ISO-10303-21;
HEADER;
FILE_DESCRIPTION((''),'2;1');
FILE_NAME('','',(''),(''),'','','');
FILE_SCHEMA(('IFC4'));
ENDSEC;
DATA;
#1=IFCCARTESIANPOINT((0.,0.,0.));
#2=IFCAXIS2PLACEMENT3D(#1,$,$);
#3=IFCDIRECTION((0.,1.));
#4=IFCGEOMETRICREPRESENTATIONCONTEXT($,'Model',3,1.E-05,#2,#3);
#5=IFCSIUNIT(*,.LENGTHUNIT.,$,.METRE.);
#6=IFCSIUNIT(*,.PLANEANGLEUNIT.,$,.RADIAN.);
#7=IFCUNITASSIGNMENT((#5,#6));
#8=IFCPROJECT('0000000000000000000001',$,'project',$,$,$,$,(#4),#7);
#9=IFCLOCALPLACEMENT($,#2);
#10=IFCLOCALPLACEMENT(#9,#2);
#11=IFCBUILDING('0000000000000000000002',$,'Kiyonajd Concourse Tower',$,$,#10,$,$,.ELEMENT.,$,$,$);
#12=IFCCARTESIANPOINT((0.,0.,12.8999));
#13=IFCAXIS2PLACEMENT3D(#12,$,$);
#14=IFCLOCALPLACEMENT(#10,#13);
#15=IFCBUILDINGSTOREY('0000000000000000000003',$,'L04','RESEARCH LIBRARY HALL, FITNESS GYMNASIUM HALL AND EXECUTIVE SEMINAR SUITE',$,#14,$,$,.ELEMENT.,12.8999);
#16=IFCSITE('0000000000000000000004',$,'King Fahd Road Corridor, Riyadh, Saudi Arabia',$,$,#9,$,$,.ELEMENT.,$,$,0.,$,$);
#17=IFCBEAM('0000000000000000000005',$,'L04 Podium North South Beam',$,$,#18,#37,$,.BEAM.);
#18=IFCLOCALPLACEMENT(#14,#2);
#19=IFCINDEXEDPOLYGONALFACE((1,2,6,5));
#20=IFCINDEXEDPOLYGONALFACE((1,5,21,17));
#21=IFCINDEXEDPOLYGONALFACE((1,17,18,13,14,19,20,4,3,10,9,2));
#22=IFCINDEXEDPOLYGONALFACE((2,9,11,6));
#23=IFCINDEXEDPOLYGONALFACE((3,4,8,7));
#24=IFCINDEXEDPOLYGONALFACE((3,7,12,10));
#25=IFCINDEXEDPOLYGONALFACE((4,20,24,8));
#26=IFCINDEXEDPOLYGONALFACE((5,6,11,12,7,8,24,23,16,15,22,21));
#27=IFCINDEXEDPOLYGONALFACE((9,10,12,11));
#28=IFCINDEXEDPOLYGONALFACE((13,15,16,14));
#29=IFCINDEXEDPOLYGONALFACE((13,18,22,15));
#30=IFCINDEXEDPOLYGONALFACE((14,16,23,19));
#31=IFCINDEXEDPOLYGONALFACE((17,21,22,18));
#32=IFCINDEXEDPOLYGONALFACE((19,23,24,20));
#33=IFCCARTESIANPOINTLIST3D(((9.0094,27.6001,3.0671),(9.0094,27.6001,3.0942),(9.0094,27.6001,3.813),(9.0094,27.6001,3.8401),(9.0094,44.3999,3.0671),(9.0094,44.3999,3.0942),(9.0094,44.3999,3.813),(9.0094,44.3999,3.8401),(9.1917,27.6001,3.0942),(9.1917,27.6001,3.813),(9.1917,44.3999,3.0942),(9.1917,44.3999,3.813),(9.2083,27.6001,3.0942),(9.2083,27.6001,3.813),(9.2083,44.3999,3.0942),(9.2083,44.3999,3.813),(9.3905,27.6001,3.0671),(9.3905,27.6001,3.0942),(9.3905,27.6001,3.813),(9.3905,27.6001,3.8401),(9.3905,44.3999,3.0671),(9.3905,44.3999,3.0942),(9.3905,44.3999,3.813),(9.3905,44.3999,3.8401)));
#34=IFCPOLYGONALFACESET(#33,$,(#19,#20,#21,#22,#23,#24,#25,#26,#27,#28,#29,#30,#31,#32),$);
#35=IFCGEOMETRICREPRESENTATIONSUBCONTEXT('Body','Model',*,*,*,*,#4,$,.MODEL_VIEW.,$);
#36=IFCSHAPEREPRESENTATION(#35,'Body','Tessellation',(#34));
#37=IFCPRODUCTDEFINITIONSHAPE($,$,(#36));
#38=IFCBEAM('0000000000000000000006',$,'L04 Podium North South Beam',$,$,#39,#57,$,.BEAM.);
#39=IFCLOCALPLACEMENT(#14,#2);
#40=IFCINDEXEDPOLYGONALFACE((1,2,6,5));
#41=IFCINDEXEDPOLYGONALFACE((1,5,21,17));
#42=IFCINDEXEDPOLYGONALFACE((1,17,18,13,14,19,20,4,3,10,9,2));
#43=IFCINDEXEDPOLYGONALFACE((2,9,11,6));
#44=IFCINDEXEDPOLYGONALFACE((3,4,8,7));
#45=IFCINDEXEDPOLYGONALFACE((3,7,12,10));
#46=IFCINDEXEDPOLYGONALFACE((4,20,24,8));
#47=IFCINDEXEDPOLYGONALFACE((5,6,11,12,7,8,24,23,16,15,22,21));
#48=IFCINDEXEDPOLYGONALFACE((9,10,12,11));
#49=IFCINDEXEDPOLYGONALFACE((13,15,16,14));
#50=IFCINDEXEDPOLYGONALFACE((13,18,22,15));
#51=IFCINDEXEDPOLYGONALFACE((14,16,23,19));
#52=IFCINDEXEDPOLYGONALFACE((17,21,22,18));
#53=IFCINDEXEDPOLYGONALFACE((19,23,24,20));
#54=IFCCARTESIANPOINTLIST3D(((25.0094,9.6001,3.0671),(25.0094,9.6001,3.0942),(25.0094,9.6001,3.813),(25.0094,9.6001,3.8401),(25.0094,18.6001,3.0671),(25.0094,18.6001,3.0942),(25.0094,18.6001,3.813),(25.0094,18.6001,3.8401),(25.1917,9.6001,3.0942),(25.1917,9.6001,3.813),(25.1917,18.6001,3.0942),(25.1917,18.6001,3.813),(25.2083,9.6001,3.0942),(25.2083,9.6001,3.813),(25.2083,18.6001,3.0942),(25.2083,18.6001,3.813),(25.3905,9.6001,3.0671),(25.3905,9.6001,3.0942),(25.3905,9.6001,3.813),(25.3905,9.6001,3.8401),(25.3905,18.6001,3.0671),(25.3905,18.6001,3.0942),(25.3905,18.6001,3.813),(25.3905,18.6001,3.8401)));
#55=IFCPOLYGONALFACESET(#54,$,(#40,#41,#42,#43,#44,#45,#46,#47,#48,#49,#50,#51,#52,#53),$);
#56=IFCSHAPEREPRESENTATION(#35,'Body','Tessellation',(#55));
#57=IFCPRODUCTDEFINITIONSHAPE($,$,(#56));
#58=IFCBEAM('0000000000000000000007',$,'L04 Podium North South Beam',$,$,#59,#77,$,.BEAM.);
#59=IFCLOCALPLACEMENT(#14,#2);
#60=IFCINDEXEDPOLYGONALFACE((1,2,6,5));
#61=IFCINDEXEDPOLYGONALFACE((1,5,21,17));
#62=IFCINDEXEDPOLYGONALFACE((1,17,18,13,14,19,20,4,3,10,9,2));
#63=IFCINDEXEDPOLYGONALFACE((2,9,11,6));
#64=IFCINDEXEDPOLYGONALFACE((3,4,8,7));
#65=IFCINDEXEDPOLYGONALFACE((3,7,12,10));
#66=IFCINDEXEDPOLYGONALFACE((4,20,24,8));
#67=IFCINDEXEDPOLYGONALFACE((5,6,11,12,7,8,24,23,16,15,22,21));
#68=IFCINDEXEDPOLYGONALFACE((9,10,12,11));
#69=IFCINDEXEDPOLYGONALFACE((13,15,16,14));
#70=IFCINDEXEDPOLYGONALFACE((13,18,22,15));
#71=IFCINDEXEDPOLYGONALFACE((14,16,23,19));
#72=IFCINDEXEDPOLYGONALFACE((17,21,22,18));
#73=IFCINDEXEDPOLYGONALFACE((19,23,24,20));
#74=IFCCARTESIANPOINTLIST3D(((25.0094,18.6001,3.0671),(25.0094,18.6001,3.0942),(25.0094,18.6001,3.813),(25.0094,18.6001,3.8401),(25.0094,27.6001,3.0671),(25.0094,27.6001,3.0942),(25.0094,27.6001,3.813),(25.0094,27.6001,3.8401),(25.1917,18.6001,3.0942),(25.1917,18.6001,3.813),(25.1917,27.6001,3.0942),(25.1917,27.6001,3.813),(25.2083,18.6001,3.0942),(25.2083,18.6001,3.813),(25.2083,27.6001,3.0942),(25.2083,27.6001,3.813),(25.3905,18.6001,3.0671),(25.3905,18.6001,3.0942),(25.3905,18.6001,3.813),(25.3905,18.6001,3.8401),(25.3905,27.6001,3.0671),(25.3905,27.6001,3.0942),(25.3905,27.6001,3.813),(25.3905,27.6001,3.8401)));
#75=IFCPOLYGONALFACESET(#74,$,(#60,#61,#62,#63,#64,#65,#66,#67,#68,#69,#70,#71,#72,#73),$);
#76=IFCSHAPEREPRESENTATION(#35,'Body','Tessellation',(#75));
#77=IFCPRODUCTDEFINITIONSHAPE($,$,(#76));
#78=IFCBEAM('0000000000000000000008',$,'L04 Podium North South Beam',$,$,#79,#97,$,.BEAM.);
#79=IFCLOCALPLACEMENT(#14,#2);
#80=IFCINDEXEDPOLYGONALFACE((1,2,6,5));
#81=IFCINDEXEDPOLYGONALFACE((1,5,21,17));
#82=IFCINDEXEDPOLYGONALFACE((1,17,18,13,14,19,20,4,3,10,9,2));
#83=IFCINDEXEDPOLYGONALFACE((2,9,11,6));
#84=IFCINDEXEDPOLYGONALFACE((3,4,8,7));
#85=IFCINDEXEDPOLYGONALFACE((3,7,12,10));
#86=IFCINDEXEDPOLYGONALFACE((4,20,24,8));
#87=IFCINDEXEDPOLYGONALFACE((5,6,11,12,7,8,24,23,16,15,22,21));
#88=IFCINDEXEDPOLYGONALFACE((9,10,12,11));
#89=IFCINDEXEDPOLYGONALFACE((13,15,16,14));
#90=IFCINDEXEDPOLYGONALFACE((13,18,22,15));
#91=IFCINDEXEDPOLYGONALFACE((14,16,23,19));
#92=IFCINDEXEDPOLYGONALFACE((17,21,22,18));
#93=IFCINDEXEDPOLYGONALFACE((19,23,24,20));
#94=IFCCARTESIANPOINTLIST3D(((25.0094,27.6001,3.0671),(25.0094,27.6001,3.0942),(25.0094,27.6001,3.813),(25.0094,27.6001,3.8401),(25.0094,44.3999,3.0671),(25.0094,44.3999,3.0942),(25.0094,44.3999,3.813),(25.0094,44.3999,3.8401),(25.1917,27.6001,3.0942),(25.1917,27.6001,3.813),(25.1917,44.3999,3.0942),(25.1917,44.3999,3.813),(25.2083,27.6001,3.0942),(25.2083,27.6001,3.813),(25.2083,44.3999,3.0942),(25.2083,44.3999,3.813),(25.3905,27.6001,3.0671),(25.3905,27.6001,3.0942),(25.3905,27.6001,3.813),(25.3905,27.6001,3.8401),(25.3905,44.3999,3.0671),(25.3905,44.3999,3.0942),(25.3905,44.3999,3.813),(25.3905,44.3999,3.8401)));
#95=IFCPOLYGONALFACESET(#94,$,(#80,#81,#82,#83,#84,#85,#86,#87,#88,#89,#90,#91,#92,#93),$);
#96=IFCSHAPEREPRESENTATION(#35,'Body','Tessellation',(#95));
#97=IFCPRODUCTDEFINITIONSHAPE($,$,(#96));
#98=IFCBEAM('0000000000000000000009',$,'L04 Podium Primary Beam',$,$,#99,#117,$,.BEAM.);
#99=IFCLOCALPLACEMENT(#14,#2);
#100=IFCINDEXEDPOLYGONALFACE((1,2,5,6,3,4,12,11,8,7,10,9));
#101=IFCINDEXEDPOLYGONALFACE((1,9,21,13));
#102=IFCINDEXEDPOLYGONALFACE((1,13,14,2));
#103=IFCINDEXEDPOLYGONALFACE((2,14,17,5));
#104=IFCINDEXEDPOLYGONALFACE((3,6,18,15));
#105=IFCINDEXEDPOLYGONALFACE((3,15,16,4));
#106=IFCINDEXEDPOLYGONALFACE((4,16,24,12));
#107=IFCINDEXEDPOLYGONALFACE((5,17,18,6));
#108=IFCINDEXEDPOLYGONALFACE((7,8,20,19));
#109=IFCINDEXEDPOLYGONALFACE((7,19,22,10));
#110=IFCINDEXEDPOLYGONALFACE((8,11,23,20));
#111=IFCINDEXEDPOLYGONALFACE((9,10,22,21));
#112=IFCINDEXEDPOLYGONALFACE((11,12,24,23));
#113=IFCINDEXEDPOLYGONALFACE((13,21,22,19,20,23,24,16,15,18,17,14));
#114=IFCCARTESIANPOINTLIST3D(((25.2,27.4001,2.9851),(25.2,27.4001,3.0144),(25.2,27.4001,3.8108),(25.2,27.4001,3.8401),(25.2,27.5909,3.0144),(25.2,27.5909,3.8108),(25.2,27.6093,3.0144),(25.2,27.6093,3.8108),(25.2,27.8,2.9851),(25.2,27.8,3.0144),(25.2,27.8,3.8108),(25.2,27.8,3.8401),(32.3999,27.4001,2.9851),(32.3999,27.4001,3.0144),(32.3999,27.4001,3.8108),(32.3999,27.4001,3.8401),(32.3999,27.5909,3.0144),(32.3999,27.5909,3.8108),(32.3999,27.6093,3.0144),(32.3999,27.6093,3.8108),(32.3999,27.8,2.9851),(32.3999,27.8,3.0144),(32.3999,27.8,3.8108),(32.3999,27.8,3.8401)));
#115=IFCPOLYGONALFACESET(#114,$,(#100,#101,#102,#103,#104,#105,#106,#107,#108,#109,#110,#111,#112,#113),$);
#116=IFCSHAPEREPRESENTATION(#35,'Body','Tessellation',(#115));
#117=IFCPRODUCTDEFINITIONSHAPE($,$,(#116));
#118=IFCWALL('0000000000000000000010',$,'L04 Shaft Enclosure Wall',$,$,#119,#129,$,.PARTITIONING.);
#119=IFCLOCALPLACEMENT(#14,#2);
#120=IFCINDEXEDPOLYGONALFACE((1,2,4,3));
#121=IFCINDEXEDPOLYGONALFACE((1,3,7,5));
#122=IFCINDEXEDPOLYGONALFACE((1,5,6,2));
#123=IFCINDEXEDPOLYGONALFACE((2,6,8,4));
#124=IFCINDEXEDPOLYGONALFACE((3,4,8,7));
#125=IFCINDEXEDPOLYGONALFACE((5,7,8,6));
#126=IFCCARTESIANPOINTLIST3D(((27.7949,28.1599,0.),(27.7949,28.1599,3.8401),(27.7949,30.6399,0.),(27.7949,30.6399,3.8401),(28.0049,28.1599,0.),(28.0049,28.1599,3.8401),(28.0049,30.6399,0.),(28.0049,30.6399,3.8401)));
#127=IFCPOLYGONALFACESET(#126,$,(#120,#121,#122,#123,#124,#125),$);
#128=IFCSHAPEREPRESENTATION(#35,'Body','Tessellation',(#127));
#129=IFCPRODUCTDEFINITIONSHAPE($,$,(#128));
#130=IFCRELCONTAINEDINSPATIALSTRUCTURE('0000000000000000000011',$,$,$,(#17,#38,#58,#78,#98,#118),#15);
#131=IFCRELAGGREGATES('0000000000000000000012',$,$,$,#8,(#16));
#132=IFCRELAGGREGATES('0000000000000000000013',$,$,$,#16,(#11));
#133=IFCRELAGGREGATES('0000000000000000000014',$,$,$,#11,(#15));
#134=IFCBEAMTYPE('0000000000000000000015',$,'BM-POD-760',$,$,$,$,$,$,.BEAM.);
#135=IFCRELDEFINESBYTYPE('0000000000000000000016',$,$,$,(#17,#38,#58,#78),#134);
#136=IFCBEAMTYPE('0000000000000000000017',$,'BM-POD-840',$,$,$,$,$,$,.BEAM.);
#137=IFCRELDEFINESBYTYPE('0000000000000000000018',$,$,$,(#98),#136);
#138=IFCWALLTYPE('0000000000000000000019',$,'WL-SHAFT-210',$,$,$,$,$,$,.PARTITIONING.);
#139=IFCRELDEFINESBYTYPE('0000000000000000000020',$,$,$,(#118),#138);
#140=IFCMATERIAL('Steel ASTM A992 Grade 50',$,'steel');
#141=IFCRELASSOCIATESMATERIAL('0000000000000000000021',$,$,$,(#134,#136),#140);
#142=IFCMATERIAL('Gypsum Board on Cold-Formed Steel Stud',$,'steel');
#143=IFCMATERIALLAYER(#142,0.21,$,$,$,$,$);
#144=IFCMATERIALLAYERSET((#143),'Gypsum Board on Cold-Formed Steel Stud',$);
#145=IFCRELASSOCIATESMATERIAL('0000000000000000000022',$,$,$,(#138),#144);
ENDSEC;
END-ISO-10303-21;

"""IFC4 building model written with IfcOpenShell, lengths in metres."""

from ifc_helpers import new_model, si_unit, direction, frame, frame_2d, origin, origin_2d, place, context, subcontext, project, spatial, rectangle, i_section, extrude, material, layer, layer_set, material_profile, profile_set, type_object, element, save


model = new_model("IFC4")

# Units and contexts
model_context = context("Model", 3, precision=1e-05, world=origin(), true_north=direction((0.0, 1.0)))
body_context = subcontext(model_context, "Body", "Model", "MODEL_VIEW")
ifc_project = project(units=[si_unit("LENGTHUNIT", "METRE"), si_unit("PLANEANGLEUNIT", "RADIAN")], contexts=[model_context])

# Site, building, storey
site_placement = place(None, origin())
site = spatial("IfcSite", under=ifc_project, at=site_placement, Name="King Fahd Road Corridor, Riyadh, Saudi Arabia", CompositionType="ELEMENT", RefElevation=0.0)
building_placement = place(site_placement, origin())
building = spatial("IfcBuilding", under=site, at=building_placement, Name="Kiyonajd Concourse Tower", CompositionType="ELEMENT")
storey_placement = place(building_placement, frame((0.0, 0.0, 12.8999)))
storey = spatial("IfcBuildingStorey", under=building, at=storey_placement, Name="L04", Description="RESEARCH LIBRARY HALL, FITNESS GYMNASIUM HALL AND EXECUTIVE SEMINAR SUITE", CompositionType="ELEMENT", Elevation=12.8999)

# Beams
ifc_material_1 = material(Name="Steel ASTM A992 Grade 50", Category="steel")
ifc_material_profile_1 = material_profile(ifc_material_1, i_section(OverallWidth=0.3811, OverallDepth=0.7729, WebThickness=0.0166, FlangeThickness=0.0271, at=origin_2d()), Name="W760X257")
ifc_profile_set_1 = profile_set([ifc_material_profile_1], Name="Steel ASTM A992 Grade 50")
beam_type_1 = type_object("IfcBeamType", Name="BM-POD-760", PredefinedType="BEAM", material=ifc_profile_set_1)
beam_1_placement = place(storey_placement, frame((9.2, 27.6001, 3.4536), z_axis=(0.0, 1.0, 0.0), x_axis=(-1.0, 0.0, 0.0)))
element("IfcBeam", 1, at=beam_1_placement, inside=storey, type_object=beam_type_1, Name="L04 Podium North South Beam", PredefinedType="BEAM", context=body_context, shape_type="SweptSolid", body=[
    extrude(i_section(OverallWidth=0.3811, OverallDepth=0.7729, WebThickness=0.0166, FlangeThickness=0.0271, at=origin_2d()), origin(), (0.0, 0.0, 1.0), 16.7998),
])
for number, where, z_axis, x_axis, name in (
    (2, (25.2, 9.6001, 3.4536), (0.0, 1.0, 0.0), (-1.0, 0.0, 0.0), "L04 Podium North South Beam"),
    (3, (25.2, 18.6001, 3.4536), (0.0, 1.0, 0.0), (-1.0, 0.0, 0.0), "L04 Podium North South Beam"),
):
    element("IfcBeam", number, at=place(storey_placement, frame(where, z_axis=z_axis, x_axis=x_axis)), inside=storey, type_object=beam_type_1, Name=name, PredefinedType="BEAM", context=body_context, shape_type="SweptSolid", body=[
        extrude(i_section(OverallWidth=0.3811, OverallDepth=0.7729, WebThickness=0.0166, FlangeThickness=0.0271, at=origin_2d()), origin(), (0.0, 0.0, 1.0), 9.0),
    ])
beam_2_placement = place(storey_placement, frame((25.2, 27.6001, 3.4536), z_axis=(0.0, 1.0, 0.0), x_axis=(-1.0, 0.0, 0.0)))
element("IfcBeam", 4, at=beam_2_placement, inside=storey, type_object=beam_type_1, Name="L04 Podium North South Beam", PredefinedType="BEAM", context=body_context, shape_type="SweptSolid", body=[
    extrude(i_section(OverallWidth=0.3811, OverallDepth=0.7729, WebThickness=0.0166, FlangeThickness=0.0271, at=origin_2d()), origin(), (0.0, 0.0, 1.0), 16.7998),
])
ifc_material_profile_2 = material_profile(ifc_material_1, i_section(OverallWidth=0.3999, OverallDepth=0.855, WebThickness=0.0183, FlangeThickness=0.0293, at=origin_2d()), Name="W840X299")
ifc_profile_set_2 = profile_set([ifc_material_profile_2], Name="Steel ASTM A992 Grade 50")
beam_type_2 = type_object("IfcBeamType", Name="BM-POD-840", PredefinedType="BEAM", material=ifc_profile_set_2)
beam_3_placement = place(storey_placement, frame((25.2, 27.6001, 3.4126), z_axis=(1.0, 0.0, 0.0), x_axis=(0.0, 1.0, 0.0)))
element("IfcBeam", 5, at=beam_3_placement, inside=storey, type_object=beam_type_2, Name="L04 Podium Primary Beam", PredefinedType="BEAM", context=body_context, shape_type="SweptSolid", body=[
    extrude(i_section(OverallWidth=0.3999, OverallDepth=0.855, WebThickness=0.0183, FlangeThickness=0.0293, at=origin_2d()), origin(), (0.0, 0.0, 1.0), 7.2),
])

# Wall
ifc_material_2 = material(Name="Gypsum Board on Cold-Formed Steel Stud", Category="steel")
ifc_layer_1 = layer(ifc_material_2, 0.21)
ifc_layer_set_1 = layer_set([ifc_layer_1], Name="Gypsum Board on Cold-Formed Steel Stud")
wall_type_1 = type_object("IfcWallType", Name="WL-SHAFT-210", PredefinedType="PARTITIONING", material=ifc_layer_set_1)
wall_1_placement = place(storey_placement, frame((27.8999, 28.1599, 0.0), z_axis=(0.0, 0.0, 1.0), x_axis=(0.0, 1.0, 0.0)))
element("IfcWall", 6, at=wall_1_placement, inside=storey, type_object=wall_type_1, Name="L04 Shaft Enclosure Wall", PredefinedType="PARTITIONING", context=body_context, shape_type="SweptSolid", body=[
    extrude(rectangle(XDim=2.48, YDim=0.21, at=frame_2d((1.24, 0.0))), origin(), (0.0, 0.0, 1.0), 3.8401),
])

save(model, "model.ifc")
